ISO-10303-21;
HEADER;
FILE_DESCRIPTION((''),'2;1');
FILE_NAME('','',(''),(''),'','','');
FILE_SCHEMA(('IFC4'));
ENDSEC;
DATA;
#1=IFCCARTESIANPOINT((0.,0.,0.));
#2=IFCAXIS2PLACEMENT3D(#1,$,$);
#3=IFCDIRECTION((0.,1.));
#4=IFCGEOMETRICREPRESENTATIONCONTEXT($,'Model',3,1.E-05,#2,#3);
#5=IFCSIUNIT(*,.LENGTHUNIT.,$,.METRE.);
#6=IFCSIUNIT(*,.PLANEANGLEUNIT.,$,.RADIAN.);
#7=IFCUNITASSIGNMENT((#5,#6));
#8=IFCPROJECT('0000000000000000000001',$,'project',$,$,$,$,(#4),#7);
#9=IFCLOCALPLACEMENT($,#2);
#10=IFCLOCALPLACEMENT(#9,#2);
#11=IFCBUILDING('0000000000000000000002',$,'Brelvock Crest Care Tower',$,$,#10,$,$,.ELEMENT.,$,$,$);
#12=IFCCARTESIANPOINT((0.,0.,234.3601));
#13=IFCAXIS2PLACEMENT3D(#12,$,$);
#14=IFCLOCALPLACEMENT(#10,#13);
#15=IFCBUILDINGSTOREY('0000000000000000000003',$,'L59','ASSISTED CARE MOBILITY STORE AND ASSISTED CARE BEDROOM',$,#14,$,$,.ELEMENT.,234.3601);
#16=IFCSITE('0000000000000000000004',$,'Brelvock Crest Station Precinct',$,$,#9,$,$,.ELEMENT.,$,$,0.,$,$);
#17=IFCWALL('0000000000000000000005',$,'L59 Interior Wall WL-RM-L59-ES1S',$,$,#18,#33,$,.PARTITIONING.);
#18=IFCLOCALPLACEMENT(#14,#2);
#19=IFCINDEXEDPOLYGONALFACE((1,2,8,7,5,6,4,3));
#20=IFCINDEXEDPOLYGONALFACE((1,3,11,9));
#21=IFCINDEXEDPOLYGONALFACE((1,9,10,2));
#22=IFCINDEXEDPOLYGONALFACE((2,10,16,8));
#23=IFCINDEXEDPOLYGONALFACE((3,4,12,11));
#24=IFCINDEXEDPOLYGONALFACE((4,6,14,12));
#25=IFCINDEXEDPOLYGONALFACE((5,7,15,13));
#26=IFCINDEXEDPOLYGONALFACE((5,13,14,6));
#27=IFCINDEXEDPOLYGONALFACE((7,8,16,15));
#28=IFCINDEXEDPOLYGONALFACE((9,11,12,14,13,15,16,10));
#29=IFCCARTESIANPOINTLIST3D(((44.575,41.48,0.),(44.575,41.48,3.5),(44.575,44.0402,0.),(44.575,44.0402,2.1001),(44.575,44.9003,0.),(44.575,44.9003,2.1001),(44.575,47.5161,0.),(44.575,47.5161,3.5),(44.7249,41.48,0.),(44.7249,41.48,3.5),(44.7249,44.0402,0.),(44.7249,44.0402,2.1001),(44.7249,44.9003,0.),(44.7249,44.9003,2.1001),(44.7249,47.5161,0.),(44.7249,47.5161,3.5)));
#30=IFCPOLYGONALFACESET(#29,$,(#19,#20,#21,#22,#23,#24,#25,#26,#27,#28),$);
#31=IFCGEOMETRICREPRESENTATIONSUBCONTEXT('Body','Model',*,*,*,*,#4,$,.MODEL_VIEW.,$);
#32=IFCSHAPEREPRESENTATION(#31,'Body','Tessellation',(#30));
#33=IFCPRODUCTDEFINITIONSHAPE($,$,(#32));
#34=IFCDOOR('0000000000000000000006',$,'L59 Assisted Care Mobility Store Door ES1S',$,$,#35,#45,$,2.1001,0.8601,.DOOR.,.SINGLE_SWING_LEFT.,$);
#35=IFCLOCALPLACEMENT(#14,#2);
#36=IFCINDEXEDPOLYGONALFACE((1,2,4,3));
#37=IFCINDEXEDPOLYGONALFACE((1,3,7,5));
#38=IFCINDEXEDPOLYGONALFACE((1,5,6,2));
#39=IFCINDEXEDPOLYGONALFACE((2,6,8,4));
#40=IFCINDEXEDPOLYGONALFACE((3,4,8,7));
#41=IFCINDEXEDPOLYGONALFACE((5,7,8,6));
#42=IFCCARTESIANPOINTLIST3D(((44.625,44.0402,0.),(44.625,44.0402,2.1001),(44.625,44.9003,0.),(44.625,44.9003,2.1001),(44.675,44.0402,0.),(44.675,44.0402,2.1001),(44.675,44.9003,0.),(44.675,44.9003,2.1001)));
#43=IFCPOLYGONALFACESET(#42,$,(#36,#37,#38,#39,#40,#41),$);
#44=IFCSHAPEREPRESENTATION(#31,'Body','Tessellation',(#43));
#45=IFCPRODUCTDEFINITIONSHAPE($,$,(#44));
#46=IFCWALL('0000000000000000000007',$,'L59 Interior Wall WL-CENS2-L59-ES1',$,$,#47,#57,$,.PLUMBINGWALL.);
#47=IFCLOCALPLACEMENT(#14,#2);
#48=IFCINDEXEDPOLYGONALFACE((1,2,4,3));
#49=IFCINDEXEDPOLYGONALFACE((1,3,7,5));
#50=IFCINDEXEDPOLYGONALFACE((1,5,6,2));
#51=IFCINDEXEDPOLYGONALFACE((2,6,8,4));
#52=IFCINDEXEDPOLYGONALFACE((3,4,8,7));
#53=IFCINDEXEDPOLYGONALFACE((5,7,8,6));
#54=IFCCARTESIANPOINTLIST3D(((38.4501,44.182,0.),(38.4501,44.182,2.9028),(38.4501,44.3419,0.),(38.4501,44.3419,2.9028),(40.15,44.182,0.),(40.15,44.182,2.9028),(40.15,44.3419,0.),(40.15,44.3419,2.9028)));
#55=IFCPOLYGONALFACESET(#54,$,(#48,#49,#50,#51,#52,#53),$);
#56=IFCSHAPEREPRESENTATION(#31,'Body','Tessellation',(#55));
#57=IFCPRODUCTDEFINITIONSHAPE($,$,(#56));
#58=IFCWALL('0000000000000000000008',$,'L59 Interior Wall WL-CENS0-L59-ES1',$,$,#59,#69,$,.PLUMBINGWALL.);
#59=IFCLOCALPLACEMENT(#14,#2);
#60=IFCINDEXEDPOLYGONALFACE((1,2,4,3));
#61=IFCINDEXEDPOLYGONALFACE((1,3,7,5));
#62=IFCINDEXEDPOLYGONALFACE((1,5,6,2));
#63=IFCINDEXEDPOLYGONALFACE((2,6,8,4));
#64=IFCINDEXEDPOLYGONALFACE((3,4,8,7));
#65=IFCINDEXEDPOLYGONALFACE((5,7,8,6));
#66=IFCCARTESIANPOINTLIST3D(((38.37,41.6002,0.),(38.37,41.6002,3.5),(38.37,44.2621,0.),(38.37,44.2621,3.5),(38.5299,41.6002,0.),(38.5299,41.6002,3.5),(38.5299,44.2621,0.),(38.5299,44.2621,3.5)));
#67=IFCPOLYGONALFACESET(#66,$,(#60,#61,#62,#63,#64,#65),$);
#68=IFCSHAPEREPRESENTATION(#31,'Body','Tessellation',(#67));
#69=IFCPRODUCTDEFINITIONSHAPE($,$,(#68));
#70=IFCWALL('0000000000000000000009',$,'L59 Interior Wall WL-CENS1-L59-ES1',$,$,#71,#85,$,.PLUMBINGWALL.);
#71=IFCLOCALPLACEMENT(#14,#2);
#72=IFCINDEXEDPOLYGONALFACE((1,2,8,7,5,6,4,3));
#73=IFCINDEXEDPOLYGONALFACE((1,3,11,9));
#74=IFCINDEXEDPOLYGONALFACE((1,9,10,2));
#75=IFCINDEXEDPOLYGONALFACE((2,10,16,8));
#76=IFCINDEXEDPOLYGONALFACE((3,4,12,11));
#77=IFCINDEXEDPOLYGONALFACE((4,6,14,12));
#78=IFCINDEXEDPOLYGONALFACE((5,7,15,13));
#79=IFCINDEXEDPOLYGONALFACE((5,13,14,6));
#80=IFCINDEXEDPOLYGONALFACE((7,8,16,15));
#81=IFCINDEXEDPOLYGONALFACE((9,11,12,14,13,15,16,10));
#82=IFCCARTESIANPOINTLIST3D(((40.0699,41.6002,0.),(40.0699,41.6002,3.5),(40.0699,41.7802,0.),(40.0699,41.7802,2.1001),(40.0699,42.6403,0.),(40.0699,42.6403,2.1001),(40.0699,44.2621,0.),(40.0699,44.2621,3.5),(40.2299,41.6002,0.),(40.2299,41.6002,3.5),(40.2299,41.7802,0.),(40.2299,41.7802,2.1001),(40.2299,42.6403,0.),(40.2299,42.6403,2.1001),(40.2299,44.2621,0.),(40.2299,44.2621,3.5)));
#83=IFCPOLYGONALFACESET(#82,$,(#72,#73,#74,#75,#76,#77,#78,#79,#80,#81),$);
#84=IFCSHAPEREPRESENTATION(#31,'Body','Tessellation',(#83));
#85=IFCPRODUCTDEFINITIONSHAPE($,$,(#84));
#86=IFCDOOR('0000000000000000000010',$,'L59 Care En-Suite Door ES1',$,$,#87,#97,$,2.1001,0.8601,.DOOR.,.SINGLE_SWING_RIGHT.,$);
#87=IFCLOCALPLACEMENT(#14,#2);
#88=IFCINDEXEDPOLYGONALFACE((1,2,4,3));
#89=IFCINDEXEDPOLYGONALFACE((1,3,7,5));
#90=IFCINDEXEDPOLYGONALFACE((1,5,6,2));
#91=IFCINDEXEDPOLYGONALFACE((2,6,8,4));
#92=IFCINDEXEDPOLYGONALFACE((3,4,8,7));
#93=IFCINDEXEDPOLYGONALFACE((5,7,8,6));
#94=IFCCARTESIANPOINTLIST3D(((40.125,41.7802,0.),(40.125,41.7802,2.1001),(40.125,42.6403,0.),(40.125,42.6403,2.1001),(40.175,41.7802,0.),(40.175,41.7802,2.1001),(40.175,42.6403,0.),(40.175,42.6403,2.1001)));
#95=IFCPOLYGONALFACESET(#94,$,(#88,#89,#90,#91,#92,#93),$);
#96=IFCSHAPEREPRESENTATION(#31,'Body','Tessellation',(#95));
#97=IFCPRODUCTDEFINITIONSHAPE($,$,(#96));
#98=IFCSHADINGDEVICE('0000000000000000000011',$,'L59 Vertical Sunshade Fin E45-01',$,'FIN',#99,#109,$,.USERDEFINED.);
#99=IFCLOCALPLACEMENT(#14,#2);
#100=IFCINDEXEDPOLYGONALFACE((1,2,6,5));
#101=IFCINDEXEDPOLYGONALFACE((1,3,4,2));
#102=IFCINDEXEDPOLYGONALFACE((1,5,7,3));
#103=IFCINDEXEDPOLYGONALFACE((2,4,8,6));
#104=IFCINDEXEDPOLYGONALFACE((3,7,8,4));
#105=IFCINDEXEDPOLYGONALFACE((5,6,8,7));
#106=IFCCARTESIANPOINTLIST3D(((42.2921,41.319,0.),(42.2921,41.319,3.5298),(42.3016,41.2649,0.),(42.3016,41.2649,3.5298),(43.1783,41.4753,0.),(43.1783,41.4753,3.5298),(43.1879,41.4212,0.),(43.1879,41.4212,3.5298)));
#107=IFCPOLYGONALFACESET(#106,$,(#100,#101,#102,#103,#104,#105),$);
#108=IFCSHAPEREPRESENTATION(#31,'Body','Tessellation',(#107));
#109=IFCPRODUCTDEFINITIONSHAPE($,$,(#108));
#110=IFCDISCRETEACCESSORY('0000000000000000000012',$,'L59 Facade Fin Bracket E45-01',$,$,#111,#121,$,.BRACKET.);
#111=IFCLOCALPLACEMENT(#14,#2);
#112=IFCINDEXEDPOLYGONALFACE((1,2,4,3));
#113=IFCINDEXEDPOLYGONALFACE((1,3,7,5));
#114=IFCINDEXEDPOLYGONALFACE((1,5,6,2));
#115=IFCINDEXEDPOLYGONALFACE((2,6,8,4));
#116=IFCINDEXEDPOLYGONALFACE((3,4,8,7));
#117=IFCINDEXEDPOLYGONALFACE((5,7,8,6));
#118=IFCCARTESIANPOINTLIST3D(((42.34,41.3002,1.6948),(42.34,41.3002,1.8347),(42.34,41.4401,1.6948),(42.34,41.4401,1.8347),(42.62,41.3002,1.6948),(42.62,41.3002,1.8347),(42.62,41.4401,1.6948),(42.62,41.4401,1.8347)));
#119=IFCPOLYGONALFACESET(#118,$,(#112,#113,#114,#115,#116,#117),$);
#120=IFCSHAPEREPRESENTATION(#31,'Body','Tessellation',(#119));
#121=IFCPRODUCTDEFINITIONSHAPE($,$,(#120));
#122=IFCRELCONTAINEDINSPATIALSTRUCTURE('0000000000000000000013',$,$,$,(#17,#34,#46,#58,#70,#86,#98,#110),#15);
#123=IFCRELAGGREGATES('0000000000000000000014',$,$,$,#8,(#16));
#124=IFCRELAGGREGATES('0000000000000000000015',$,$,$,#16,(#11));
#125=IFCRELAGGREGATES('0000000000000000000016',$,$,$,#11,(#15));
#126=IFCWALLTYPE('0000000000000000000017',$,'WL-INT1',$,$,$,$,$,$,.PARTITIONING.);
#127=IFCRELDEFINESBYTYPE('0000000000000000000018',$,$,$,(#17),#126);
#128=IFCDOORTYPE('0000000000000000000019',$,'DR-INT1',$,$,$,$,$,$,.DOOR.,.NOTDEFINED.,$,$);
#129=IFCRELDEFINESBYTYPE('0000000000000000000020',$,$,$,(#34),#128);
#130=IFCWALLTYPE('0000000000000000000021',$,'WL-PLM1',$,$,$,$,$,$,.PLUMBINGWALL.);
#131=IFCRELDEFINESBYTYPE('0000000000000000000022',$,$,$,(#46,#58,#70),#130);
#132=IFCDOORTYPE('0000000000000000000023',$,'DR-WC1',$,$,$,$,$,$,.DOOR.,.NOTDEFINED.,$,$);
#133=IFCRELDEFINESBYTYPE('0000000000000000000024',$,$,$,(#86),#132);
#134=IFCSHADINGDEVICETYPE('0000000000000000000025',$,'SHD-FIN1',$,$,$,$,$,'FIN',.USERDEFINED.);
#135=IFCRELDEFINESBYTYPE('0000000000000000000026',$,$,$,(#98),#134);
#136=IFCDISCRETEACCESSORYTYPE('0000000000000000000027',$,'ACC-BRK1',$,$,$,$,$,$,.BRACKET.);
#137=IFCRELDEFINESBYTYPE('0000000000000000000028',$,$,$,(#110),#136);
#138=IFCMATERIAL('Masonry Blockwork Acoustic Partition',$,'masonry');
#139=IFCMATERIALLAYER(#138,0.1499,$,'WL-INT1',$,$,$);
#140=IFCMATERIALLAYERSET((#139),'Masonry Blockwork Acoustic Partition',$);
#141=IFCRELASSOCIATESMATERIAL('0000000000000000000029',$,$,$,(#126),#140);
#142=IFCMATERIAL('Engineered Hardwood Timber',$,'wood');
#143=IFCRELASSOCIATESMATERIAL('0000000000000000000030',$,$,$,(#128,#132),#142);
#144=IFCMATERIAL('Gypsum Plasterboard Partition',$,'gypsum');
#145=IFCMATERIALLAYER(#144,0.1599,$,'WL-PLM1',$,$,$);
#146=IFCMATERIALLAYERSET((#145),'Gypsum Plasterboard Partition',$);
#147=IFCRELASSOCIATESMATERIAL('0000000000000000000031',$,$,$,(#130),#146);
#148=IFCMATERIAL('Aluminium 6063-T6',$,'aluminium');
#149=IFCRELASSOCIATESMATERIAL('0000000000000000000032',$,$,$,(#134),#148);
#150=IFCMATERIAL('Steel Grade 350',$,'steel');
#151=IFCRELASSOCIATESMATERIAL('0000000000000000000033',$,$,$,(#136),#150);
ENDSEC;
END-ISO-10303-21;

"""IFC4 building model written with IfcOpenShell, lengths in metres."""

from ifc_helpers import new_model, si_unit, direction, frame, frame_2d, origin, origin_2d, place, context, subcontext, project, spatial, rectangle, extrude, source, transform, mapped, material, layer, layer_set, material_profile, profile_set, type_object, element, fill, save


model = new_model("IFC4")

# Units and contexts
model_context = context("Model", 3, precision=1e-05, world=origin(), true_north=direction((0.0, 1.0)))
body_context = subcontext(model_context, "Body", "Model", "MODEL_VIEW")
ifc_project = project(units=[si_unit("LENGTHUNIT", "METRE"), si_unit("PLANEANGLEUNIT", "RADIAN")], contexts=[model_context])

# Site, building, storey
site_placement = place(None, origin())
site = spatial("IfcSite", under=ifc_project, at=site_placement, Name="Brelvock Crest Station Precinct", CompositionType="ELEMENT", RefElevation=0.0)
building_placement = place(site_placement, origin())
building = spatial("IfcBuilding", under=site, at=building_placement, Name="Brelvock Crest Care Tower", CompositionType="ELEMENT")
storey_placement = place(building_placement, frame((0.0, 0.0, 234.3601)))
storey = spatial("IfcBuildingStorey", under=building, at=storey_placement, Name="L59", Description="ASSISTED CARE MOBILITY STORE AND ASSISTED CARE BEDROOM", CompositionType="ELEMENT", Elevation=234.3601)

# Shared definitions
ifc_material_1 = material(Name="Steel Grade 350", Category="steel")

# Shared definitions
ifc_material_2 = material(Name="Aluminium 6063-T6", Category="aluminium")

# Shared definitions
ifc_material_3 = material(Name="Masonry Blockwork Acoustic Partition", Category="masonry")
ifc_layer_1 = layer(ifc_material_3, 0.1499, Name="WL-INT1")
ifc_layer_set_1 = layer_set([ifc_layer_1], Name="Masonry Blockwork Acoustic Partition")
wall_type_1 = type_object("IfcWallType", Name="WL-INT1", PredefinedType="PARTITIONING", material=ifc_layer_set_1)

# Wall, opening, door
ifc_material_4 = material(Name="Engineered Hardwood Timber", Category="wood")
wall_1_placement = place(storey_placement, frame((44.6499, 41.48, 0.0), z_axis=(0.0, 0.0, 1.0), x_axis=(0.0, 1.0, 0.0)))
wall_1 = element("IfcWall", 1, at=wall_1_placement, inside=storey, type_object=wall_type_1, Name="L59 Interior Wall WL-RM-L59-ES1S", PredefinedType="PARTITIONING", context=body_context, shape_type="SweptSolid", body=[
    extrude(rectangle(XDim=6.0361, YDim=0.1499, at=frame_2d((3.0181, 0.0))), origin(), (0.0, 0.0, 1.0), 3.5),
])
opening_1_placement = place(wall_1_placement, frame((2.5601, 0.0, 0.0)))
opening_1 = element("IfcOpeningElement", 2, at=opening_1_placement, cuts=wall_1, PredefinedType="OPENING", context=body_context, shape_type="SweptSolid", body=[
    extrude(rectangle(XDim=0.8601, YDim=2.1001, at=origin_2d()), frame((0.4302, 0.085, 1.05), z_axis=(0.0, -1.0, 0.0), x_axis=(1.0, 0.0, 0.0)), (0.0, 0.0, 1.0), 0.1699),
])
door_type_1 = type_object("IfcDoorType", Name="DR-INT1", OperationType="NOTDEFINED", PredefinedType="DOOR", material=ifc_material_4)
shared_shape_1 = source(origin(), body_context, "Body", "SweptSolid", [
    extrude(rectangle(XDim=0.8601, YDim=2.1001, at=origin_2d()), frame((0.4302, 0.0249, 1.05), z_axis=(0.0, -1.0, 0.0), x_axis=(1.0, 0.0, 0.0)), (0.0, 0.0, 1.0), 0.05),
])
door_1_placement = place(opening_1_placement, origin())
door_1 = element("IfcDoor", 3, at=door_1_placement, inside=storey, type_object=door_type_1, Name="L59 Assisted Care Mobility Store Door ES1S", OperationType="SINGLE_SWING_LEFT", OverallHeight=2.1001, OverallWidth=0.8601, PredefinedType="DOOR", context=body_context, shape_type="MappedRepresentation", body=[
    mapped(shared_shape_1, transform((0.0, 0.0, 0.0), x_axis=(1.0, 0.0, 0.0), y_axis=(0.0, 1.0, 0.0), z_axis=(0.0, 0.0, 1.0), scale=1.0)),
])
fill(opening_1, door_1)

# Walls
ifc_material_5 = material(Name="Gypsum Plasterboard Partition", Category="gypsum")
ifc_layer_2 = layer(ifc_material_5, 0.1599, Name="WL-PLM1")
ifc_layer_set_2 = layer_set([ifc_layer_2], Name="Gypsum Plasterboard Partition")
wall_type_2 = type_object("IfcWallType", Name="WL-PLM1", PredefinedType="PLUMBINGWALL", material=ifc_layer_set_2)
wall_2_placement = place(storey_placement, frame((38.45, 44.262, 0.0), z_axis=(0.0, 0.0, 1.0), x_axis=(1.0, 0.0, 0.0)))
element("IfcWall", 4, at=wall_2_placement, inside=storey, type_object=wall_type_2, Name="L59 Interior Wall WL-CENS2-L59-ES1", PredefinedType="PLUMBINGWALL", context=body_context, shape_type="SweptSolid", body=[
    extrude(rectangle(XDim=1.7, YDim=0.1599, at=frame_2d((0.8501, 0.0))), origin(), (0.0, 0.0, 1.0), 2.9028),
])
wall_3_placement = place(storey_placement, frame((38.45, 41.6001, 0.0), z_axis=(0.0, 0.0, 1.0), x_axis=(0.0, 1.0, 0.0)))
element("IfcWall", 5, at=wall_3_placement, inside=storey, type_object=wall_type_2, Name="L59 Interior Wall WL-CENS0-L59-ES1", PredefinedType="PLUMBINGWALL", context=body_context, shape_type="SweptSolid", body=[
    extrude(rectangle(XDim=2.6619, YDim=0.1599, at=frame_2d((1.3311, 0.0))), origin(), (0.0, 0.0, 1.0), 3.5),
])

# Wall, opening, door
wall_4_placement = place(storey_placement, frame((40.1499, 41.6001, 0.0), z_axis=(0.0, 0.0, 1.0), x_axis=(0.0, 1.0, 0.0)))
wall_4 = element("IfcWall", 6, at=wall_4_placement, inside=storey, type_object=wall_type_2, Name="L59 Interior Wall WL-CENS1-L59-ES1", PredefinedType="PLUMBINGWALL", context=body_context, shape_type="SweptSolid", body=[
    extrude(rectangle(XDim=2.6619, YDim=0.1599, at=frame_2d((1.3311, 0.0))), origin(), (0.0, 0.0, 1.0), 3.5),
])
opening_2_placement = place(wall_4_placement, frame((0.1799, 0.0, 0.0)))
opening_2 = element("IfcOpeningElement", 7, at=opening_2_placement, cuts=wall_4, PredefinedType="OPENING", context=body_context, shape_type="SweptSolid", body=[
    extrude(rectangle(XDim=0.8601, YDim=2.1001, at=origin_2d()), frame((0.4302, 0.0898, 1.05), z_axis=(0.0, -1.0, 0.0), x_axis=(1.0, 0.0, 0.0)), (0.0, 0.0, 1.0), 0.1799),
])
door_type_2 = type_object("IfcDoorType", Name="DR-WC1", OperationType="NOTDEFINED", PredefinedType="DOOR", material=ifc_material_4)
shared_shape_2 = source(origin(), body_context, "Body", "SweptSolid", [
    extrude(rectangle(XDim=0.8601, YDim=2.1001, at=origin_2d()), frame((0.4302, 0.0249, 1.05), z_axis=(0.0, -1.0, 0.0), x_axis=(1.0, 0.0, 0.0)), (0.0, 0.0, 1.0), 0.05),
])
door_2_placement = place(opening_2_placement, origin())
door_2 = element("IfcDoor", 8, at=door_2_placement, inside=storey, type_object=door_type_2, Name="L59 Care En-Suite Door ES1", OperationType="SINGLE_SWING_RIGHT", OverallHeight=2.1001, OverallWidth=0.8601, PredefinedType="DOOR", context=body_context, shape_type="MappedRepresentation", body=[
    mapped(shared_shape_2, transform((0.0, 0.0, 0.0), x_axis=(1.0, 0.0, 0.0), y_axis=(0.0, 1.0, 0.0), z_axis=(0.0, 0.0, 1.0), scale=1.0)),
])
fill(opening_2, door_2)

# Shading device
ifc_material_profile_1 = material_profile(ifc_material_2, rectangle(XDim=0.0549, YDim=0.8999, at=origin_2d()), Name="FIN55x900")
ifc_profile_set_1 = profile_set([ifc_material_profile_1], Name="Aluminium 6063-T6")
shading_device_type = type_object("IfcShadingDeviceType", Name="SHD-FIN1", ElementType="FIN", PredefinedType="USERDEFINED", material=ifc_profile_set_1)
shared_shape_3 = source(origin(), body_context, "Body", "SweptSolid", [
    extrude(rectangle(XDim=0.0549, YDim=0.8999, at=origin_2d()), origin(), (0.0, 0.0, 1.0), 3.5298),
])
shading_device_placement = place(storey_placement, frame((42.74, 41.3701, 0.0), z_axis=(0.0, 0.0, 1.0), x_axis=(0.173648, -0.984808, 0.0)))
element("IfcShadingDevice", 9, at=shading_device_placement, inside=storey, type_object=shading_device_type, Name="L59 Vertical Sunshade Fin E45-01", ObjectType="FIN", PredefinedType="USERDEFINED", context=body_context, shape_type="MappedRepresentation", body=[
    mapped(shared_shape_3, transform((0.0, 0.0, 0.0), x_axis=(1.0, 0.0, 0.0), y_axis=(0.0, 1.0, 0.0), z_axis=(0.0, 0.0, 1.0), scale=1.0)),
])

# Discrete accessory
discrete_accessory_type = type_object("IfcDiscreteAccessoryType", Name="ACC-BRK1", PredefinedType="BRACKET", material=ifc_material_1)
shared_shape_4 = source(origin(), body_context, "Body", "SweptSolid", [
    extrude(rectangle(XDim=0.28, YDim=0.1399, at=origin_2d()), origin(), (0.0, 0.0, 1.0), 0.1399),
])
discrete_accessory_placement = place(storey_placement, frame((42.48, 41.3701, 1.6948), z_axis=(0.0, 0.0, 1.0), x_axis=(1.0, 0.0, 0.0)))
element("IfcDiscreteAccessory", 10, at=discrete_accessory_placement, inside=storey, type_object=discrete_accessory_type, Name="L59 Facade Fin Bracket E45-01", PredefinedType="BRACKET", context=body_context, shape_type="MappedRepresentation", body=[
    mapped(shared_shape_4, transform((0.0, 0.0, 0.0), x_axis=(1.0, 0.0, 0.0), y_axis=(0.0, 1.0, 0.0), z_axis=(0.0, 0.0, 1.0), scale=1.0)),
])

save(model, "model.ifc")
